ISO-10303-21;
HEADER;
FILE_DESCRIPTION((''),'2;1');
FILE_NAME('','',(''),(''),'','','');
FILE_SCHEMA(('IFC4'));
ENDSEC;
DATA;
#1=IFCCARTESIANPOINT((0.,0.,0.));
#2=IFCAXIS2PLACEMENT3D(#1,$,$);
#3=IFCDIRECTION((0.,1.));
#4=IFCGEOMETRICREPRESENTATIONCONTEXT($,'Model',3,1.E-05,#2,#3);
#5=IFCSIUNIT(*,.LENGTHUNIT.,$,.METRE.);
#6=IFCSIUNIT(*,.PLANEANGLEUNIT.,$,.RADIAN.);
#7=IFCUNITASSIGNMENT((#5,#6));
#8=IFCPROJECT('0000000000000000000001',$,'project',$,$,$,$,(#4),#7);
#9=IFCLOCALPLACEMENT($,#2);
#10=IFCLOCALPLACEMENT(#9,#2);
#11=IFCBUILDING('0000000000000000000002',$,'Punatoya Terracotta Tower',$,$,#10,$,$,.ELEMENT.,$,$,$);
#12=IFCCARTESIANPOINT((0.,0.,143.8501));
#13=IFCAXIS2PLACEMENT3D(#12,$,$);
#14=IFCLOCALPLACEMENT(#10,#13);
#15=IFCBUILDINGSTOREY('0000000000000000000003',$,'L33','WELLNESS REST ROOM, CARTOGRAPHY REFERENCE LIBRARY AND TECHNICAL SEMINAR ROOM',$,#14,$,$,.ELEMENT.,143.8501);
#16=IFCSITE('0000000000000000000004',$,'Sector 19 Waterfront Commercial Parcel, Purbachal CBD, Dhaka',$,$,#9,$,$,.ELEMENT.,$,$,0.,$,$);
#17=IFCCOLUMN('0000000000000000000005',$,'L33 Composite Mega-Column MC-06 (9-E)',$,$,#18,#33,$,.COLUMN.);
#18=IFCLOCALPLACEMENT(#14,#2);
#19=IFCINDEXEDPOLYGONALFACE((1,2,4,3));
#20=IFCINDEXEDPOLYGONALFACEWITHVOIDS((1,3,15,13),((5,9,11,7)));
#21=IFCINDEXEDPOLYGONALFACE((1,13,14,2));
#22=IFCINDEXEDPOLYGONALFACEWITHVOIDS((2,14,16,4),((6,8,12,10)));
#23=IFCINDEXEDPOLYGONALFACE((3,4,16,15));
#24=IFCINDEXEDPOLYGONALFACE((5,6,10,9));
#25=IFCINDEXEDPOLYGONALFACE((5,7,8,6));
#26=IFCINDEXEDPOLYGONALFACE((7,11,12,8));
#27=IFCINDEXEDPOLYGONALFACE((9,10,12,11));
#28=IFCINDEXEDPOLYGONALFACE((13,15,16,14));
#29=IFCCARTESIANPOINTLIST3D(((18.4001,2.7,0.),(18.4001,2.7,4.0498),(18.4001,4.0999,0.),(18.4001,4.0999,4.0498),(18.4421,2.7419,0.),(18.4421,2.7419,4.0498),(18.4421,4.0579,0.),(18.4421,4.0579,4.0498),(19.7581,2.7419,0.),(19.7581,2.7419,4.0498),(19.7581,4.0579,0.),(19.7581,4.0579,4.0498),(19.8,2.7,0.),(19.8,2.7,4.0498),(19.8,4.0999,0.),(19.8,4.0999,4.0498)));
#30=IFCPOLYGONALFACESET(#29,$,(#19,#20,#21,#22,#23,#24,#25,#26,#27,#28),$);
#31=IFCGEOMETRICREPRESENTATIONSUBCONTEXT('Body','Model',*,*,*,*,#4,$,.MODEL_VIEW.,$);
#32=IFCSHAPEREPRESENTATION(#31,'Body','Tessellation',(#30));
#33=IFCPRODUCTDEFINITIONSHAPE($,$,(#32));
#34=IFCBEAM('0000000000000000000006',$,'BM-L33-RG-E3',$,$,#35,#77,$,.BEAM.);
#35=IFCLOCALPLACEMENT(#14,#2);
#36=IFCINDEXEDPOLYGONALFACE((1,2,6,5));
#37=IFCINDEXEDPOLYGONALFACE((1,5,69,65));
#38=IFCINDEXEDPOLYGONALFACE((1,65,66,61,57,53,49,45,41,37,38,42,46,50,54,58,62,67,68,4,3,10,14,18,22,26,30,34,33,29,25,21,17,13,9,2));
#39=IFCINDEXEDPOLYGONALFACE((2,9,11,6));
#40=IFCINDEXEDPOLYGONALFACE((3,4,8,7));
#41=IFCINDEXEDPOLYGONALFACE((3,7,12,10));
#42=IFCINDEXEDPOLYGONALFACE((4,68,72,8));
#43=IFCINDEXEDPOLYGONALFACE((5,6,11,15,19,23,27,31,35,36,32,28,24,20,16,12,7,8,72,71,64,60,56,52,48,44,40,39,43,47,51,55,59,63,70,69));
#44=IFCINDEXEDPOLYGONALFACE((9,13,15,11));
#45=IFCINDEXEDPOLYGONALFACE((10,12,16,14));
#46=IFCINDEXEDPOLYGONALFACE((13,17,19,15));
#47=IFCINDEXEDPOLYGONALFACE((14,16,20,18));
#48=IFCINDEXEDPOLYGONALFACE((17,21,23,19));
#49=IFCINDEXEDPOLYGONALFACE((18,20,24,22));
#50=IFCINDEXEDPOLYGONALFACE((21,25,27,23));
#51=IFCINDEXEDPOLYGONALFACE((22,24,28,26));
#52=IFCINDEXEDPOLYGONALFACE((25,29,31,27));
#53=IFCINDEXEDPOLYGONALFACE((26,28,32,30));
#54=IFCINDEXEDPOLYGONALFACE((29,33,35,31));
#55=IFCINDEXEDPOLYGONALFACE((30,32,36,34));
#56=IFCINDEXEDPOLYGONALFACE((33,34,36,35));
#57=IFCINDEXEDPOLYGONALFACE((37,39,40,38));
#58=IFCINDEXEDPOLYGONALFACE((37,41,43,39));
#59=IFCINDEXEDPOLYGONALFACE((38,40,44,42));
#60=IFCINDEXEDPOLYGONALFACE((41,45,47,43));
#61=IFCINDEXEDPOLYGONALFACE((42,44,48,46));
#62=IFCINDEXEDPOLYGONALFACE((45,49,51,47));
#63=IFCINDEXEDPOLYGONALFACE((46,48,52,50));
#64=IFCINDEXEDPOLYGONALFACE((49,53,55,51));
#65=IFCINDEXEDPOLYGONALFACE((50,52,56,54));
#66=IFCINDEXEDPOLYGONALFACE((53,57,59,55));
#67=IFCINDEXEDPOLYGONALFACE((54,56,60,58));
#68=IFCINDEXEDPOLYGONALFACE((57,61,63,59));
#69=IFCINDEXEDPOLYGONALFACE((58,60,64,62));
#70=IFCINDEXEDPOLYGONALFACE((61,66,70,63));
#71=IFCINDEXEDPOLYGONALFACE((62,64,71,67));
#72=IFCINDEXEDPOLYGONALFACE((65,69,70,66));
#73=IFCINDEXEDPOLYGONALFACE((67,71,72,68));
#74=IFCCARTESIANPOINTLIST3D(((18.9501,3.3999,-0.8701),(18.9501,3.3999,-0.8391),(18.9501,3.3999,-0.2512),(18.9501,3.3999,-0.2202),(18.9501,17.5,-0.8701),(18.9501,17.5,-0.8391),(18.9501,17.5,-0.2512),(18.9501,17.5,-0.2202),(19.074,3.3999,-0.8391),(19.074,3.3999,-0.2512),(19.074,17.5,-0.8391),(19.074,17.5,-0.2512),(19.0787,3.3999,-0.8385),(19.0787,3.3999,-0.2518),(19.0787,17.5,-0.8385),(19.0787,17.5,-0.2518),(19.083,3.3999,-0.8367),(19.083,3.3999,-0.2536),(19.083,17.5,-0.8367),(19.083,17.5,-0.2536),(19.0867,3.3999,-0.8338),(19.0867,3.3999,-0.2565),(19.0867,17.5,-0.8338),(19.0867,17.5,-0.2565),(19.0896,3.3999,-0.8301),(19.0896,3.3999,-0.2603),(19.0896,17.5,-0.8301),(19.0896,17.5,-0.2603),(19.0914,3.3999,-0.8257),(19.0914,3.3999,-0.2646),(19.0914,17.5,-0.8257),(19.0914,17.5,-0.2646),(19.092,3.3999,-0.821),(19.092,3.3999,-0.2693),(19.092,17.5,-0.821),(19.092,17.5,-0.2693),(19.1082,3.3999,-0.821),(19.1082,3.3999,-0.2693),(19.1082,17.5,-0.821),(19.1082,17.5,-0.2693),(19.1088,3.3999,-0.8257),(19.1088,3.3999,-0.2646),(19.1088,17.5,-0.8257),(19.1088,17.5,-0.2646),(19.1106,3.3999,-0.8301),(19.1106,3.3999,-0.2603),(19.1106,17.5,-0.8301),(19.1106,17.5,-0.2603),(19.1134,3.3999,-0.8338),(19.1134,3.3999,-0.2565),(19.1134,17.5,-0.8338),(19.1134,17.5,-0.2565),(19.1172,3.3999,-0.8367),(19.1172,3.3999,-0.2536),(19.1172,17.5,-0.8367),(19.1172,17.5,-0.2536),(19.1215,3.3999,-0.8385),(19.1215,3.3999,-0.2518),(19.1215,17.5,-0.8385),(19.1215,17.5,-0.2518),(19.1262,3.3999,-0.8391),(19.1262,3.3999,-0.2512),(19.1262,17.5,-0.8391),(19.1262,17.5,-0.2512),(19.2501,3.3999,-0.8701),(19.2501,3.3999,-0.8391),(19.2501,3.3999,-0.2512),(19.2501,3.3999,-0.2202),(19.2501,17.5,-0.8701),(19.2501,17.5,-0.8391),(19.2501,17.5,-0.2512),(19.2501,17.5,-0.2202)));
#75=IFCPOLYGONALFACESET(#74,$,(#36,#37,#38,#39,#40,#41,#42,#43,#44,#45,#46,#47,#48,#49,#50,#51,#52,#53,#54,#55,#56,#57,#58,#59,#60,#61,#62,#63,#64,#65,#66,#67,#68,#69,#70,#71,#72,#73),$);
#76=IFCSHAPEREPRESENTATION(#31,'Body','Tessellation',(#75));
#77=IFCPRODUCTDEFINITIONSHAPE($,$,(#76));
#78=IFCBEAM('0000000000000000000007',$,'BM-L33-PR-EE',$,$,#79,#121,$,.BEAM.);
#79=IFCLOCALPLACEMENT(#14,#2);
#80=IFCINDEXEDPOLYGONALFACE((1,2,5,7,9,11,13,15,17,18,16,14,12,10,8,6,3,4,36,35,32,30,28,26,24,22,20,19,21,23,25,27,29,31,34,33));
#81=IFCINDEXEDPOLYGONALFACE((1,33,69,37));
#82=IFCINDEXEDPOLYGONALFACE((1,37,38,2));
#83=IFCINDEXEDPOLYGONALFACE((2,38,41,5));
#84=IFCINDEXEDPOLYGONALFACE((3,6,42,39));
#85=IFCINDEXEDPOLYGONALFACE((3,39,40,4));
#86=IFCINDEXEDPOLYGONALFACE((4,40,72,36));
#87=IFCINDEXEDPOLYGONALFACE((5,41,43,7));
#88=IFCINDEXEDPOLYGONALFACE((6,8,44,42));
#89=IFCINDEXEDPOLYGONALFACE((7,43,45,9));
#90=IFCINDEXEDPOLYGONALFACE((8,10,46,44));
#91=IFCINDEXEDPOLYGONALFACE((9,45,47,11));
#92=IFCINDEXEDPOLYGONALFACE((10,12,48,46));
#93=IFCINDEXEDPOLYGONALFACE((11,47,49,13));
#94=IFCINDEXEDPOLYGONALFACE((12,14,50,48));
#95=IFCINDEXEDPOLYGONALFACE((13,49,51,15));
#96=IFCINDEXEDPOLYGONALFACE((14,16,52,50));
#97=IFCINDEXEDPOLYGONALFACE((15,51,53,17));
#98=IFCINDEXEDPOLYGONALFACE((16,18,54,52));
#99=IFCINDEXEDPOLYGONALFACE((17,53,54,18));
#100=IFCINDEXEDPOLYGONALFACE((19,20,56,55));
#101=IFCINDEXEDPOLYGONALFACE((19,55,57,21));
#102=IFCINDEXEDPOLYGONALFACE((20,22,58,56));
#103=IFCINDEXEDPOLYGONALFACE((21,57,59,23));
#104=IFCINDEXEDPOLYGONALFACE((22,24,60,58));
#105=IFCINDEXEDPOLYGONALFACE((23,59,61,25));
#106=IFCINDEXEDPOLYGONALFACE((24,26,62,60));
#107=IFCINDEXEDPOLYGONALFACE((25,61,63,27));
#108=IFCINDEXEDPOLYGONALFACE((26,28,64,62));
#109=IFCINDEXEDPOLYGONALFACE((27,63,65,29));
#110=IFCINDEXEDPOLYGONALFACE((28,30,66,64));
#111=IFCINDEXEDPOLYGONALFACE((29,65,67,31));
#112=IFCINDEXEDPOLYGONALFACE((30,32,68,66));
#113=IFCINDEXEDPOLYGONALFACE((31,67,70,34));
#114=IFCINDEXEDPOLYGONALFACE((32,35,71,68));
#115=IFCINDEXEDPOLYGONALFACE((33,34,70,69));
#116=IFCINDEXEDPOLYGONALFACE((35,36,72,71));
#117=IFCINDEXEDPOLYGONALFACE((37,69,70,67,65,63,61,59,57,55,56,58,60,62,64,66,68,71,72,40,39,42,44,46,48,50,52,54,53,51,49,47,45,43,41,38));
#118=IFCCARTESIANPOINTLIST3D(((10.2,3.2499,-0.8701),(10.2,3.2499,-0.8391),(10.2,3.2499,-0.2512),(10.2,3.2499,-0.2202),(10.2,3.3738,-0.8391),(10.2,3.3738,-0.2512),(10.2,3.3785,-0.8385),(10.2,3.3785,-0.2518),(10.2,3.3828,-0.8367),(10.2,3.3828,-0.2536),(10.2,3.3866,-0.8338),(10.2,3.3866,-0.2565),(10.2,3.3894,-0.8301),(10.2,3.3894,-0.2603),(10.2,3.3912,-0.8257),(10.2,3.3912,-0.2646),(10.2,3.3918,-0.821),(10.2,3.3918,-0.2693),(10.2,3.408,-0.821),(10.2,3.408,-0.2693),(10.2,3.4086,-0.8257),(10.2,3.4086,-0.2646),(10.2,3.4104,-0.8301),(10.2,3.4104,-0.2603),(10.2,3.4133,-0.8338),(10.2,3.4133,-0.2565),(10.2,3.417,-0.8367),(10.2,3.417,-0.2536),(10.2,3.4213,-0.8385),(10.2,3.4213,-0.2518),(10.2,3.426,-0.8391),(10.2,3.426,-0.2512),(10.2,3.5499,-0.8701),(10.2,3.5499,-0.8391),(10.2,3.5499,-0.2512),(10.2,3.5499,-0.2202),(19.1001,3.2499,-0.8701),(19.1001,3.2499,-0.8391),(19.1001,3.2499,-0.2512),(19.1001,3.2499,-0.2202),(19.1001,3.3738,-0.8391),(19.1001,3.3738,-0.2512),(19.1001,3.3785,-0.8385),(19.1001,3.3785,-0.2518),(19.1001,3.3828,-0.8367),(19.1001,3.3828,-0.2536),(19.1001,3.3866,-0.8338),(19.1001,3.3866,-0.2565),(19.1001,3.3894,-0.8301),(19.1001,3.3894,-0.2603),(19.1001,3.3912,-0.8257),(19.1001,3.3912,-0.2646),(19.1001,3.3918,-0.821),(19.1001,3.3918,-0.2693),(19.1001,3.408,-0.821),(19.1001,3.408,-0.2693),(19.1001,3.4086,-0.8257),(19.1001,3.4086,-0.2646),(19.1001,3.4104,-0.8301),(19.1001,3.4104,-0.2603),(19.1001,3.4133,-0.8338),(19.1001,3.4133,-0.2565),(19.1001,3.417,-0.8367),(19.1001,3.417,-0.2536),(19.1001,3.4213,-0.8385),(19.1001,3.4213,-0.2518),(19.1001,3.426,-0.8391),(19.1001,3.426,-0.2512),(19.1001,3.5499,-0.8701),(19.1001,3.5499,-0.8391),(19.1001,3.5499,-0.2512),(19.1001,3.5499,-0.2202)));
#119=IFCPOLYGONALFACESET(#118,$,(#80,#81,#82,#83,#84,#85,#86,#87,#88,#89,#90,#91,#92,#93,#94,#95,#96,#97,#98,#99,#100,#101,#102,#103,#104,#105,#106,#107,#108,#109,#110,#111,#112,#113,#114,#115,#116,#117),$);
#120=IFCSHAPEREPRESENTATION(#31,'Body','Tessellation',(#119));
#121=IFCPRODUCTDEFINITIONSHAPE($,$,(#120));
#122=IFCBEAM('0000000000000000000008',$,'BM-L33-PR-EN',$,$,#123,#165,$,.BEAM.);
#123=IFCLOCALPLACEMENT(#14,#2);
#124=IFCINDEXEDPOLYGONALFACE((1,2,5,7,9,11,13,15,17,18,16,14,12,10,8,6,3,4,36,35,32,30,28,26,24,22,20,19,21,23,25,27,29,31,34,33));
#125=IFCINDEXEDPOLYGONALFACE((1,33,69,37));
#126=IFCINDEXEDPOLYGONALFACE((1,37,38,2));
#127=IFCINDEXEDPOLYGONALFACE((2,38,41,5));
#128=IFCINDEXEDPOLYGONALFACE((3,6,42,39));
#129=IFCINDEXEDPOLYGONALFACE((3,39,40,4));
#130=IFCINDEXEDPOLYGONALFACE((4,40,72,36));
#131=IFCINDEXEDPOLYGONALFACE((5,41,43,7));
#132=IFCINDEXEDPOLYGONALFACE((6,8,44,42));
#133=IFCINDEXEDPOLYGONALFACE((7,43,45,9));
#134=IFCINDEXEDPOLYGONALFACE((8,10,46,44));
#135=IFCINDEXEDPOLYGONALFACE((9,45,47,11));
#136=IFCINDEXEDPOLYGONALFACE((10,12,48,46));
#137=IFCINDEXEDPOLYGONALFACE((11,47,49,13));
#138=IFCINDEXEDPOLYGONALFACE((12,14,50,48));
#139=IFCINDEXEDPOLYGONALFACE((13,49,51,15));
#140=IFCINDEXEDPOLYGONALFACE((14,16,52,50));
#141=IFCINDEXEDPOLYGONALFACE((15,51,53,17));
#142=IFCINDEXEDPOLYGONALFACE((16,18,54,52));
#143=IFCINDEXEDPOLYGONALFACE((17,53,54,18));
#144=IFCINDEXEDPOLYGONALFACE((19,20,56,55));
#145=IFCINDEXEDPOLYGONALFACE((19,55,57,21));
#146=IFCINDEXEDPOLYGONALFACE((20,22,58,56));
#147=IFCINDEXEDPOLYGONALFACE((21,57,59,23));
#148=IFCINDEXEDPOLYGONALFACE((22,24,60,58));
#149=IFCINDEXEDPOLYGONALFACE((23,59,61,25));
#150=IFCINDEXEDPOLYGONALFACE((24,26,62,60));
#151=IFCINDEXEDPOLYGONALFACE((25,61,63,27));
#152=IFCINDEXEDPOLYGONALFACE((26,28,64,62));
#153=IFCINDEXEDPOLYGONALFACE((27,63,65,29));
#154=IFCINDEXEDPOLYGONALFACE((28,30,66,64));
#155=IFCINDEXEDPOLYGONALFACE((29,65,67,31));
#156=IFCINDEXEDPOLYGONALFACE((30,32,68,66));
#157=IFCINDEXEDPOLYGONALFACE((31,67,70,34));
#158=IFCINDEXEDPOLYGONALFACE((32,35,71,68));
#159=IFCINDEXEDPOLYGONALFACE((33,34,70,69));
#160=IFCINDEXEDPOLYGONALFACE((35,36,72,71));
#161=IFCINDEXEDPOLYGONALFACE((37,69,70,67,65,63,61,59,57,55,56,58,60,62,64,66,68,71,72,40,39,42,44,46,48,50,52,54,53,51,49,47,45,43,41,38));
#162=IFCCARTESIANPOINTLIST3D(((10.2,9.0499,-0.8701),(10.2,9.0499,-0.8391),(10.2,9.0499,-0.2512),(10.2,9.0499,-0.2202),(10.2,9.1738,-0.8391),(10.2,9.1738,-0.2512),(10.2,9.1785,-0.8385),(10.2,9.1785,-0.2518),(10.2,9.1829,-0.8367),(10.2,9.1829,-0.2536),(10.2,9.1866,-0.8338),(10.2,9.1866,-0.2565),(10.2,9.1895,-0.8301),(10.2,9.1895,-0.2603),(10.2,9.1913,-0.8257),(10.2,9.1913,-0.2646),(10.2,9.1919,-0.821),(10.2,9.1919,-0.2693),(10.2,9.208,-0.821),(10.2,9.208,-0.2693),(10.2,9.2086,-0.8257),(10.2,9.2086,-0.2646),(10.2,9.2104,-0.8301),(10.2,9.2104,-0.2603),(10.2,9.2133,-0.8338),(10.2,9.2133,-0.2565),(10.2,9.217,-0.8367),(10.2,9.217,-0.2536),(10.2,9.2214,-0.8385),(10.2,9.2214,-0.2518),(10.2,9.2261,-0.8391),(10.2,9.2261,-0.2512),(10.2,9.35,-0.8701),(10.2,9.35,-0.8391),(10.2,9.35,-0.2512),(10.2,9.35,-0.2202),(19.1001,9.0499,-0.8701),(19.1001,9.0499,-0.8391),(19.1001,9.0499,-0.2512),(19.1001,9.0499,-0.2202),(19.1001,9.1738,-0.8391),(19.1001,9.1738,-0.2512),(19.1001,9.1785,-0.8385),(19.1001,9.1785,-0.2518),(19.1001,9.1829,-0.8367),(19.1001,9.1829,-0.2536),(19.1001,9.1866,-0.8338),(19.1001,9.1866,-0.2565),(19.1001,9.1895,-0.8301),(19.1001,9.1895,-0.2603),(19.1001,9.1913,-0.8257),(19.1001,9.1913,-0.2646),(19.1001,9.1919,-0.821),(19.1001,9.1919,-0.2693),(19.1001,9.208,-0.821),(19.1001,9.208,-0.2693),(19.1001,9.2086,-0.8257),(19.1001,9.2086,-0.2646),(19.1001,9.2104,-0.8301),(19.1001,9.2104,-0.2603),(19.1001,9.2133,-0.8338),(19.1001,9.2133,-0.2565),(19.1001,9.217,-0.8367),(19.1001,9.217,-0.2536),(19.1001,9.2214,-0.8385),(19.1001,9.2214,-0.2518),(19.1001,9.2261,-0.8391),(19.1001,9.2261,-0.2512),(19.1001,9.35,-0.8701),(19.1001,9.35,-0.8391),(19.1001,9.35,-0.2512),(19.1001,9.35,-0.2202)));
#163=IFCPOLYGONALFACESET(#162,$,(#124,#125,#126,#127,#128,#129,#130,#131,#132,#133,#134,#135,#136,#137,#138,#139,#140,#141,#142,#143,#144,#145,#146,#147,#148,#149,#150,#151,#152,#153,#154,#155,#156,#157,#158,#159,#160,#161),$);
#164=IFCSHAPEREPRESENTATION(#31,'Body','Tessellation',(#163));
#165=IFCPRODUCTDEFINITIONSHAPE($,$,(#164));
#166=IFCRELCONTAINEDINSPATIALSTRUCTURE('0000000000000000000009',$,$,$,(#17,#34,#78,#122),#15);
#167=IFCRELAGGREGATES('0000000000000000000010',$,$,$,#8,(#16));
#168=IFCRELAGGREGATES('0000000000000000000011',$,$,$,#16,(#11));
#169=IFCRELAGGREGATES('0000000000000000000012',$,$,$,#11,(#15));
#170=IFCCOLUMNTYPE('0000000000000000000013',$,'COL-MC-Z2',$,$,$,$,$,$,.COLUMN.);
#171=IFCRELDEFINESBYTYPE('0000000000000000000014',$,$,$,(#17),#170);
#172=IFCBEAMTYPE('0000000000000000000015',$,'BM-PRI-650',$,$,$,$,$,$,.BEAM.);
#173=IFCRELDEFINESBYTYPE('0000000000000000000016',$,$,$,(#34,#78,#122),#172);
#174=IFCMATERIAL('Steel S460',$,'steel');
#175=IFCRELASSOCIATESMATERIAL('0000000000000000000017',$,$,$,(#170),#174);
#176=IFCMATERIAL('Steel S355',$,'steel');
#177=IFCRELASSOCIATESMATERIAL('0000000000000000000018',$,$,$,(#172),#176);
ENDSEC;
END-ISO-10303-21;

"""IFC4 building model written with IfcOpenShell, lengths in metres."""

from ifc_helpers import new_model, si_unit, direction, frame, origin, origin_2d, place, context, subcontext, project, spatial, hollow_rectangle, i_section, extrude, material, material_profile, profile_set, type_object, element, save


model = new_model("IFC4")

# Units and contexts
model_context = context("Model", 3, precision=1e-05, world=origin(), true_north=direction((0.0, 1.0)))
body_context = subcontext(model_context, "Body", "Model", "MODEL_VIEW")
ifc_project = project(units=[si_unit("LENGTHUNIT", "METRE"), si_unit("PLANEANGLEUNIT", "RADIAN")], contexts=[model_context])

# Site, building, storey
site_placement = place(None, origin())
site = spatial("IfcSite", under=ifc_project, at=site_placement, Name="Sector 19 Waterfront Commercial Parcel, Purbachal CBD, Dhaka", CompositionType="ELEMENT", RefElevation=0.0)
building_placement = place(site_placement, origin())
building = spatial("IfcBuilding", under=site, at=building_placement, Name="Punatoya Terracotta Tower", CompositionType="ELEMENT")
storey_placement = place(building_placement, frame((0.0, 0.0, 143.8501)))
storey = spatial("IfcBuildingStorey", under=building, at=storey_placement, Name="L33", Description="WELLNESS REST ROOM, CARTOGRAPHY REFERENCE LIBRARY AND TECHNICAL SEMINAR ROOM", CompositionType="ELEMENT", Elevation=143.8501)

# Column
ifc_material_1 = material(Name="Steel S460", Category="steel")
ifc_material_profile_1 = material_profile(ifc_material_1, hollow_rectangle(XDim=1.3999, YDim=1.3999, WallThickness=0.042, at=origin_2d()))
ifc_profile_set_1 = profile_set([ifc_material_profile_1], Name="Steel S460")
column_type = type_object("IfcColumnType", Name="COL-MC-Z2", PredefinedType="COLUMN", material=ifc_profile_set_1)
column_placement = place(storey_placement, frame((19.1001, 3.3999, 0.0), z_axis=(0.0, 0.0, 1.0), x_axis=(1.0, 0.0, 0.0)))
element("IfcColumn", 1, at=column_placement, inside=storey, type_object=column_type, Name="L33 Composite Mega-Column MC-06 (9-E)", PredefinedType="COLUMN", context=body_context, shape_type="SweptSolid", body=[
    extrude(hollow_rectangle(XDim=1.3999, YDim=1.3999, WallThickness=0.042, at=origin_2d()), origin(), (0.0, 0.0, 1.0), 4.0498),
])

# Beams
ifc_material_2 = material(Name="Steel S355", Category="steel")
ifc_material_profile_2 = material_profile(ifc_material_2, i_section(OverallWidth=0.3, OverallDepth=0.6499, WebThickness=0.0161, FlangeThickness=0.031, FilletRadius=0.0181, at=origin_2d()))
ifc_profile_set_2 = profile_set([ifc_material_profile_2], Name="Steel S355")
beam_type_1 = type_object("IfcBeamType", Name="BM-PRI-650", PredefinedType="BEAM", material=ifc_profile_set_2)
beam_1_placement = place(storey_placement, frame((19.1001, 3.3999, -0.5452), z_axis=(0.0, 1.0, 0.0), x_axis=(-1.0, 0.0, 0.0)))
element("IfcBeam", 2, at=beam_1_placement, inside=storey, type_object=beam_type_1, Name="BM-L33-RG-E3", PredefinedType="BEAM", context=body_context, shape_type="SweptSolid", body=[
    extrude(i_section(OverallWidth=0.3, OverallDepth=0.6499, WebThickness=0.0161, FlangeThickness=0.031, FilletRadius=0.0181, at=origin_2d()), origin(), (0.0, 0.0, 1.0), 14.1001),
])
for number, where, z_axis, x_axis, name in (
    (3, (10.2, 3.3999, -0.5452), (1.0, 0.0, 0.0), (0.0, 1.0, 0.0), "BM-L33-PR-EE"),
    (4, (10.2, 9.2, -0.5452), (1.0, 0.0, 0.0), (0.0, 1.0, 0.0), "BM-L33-PR-EN"),
):
    element("IfcBeam", number, at=place(storey_placement, frame(where, z_axis=z_axis, x_axis=x_axis)), inside=storey, type_object=beam_type_1, Name=name, PredefinedType="BEAM", context=body_context, shape_type="SweptSolid", body=[
        extrude(i_section(OverallWidth=0.3, OverallDepth=0.6499, WebThickness=0.0161, FlangeThickness=0.031, FilletRadius=0.0181, at=origin_2d()), origin(), (0.0, 0.0, 1.0), 8.9001),
    ])

save(model, "model.ifc")
